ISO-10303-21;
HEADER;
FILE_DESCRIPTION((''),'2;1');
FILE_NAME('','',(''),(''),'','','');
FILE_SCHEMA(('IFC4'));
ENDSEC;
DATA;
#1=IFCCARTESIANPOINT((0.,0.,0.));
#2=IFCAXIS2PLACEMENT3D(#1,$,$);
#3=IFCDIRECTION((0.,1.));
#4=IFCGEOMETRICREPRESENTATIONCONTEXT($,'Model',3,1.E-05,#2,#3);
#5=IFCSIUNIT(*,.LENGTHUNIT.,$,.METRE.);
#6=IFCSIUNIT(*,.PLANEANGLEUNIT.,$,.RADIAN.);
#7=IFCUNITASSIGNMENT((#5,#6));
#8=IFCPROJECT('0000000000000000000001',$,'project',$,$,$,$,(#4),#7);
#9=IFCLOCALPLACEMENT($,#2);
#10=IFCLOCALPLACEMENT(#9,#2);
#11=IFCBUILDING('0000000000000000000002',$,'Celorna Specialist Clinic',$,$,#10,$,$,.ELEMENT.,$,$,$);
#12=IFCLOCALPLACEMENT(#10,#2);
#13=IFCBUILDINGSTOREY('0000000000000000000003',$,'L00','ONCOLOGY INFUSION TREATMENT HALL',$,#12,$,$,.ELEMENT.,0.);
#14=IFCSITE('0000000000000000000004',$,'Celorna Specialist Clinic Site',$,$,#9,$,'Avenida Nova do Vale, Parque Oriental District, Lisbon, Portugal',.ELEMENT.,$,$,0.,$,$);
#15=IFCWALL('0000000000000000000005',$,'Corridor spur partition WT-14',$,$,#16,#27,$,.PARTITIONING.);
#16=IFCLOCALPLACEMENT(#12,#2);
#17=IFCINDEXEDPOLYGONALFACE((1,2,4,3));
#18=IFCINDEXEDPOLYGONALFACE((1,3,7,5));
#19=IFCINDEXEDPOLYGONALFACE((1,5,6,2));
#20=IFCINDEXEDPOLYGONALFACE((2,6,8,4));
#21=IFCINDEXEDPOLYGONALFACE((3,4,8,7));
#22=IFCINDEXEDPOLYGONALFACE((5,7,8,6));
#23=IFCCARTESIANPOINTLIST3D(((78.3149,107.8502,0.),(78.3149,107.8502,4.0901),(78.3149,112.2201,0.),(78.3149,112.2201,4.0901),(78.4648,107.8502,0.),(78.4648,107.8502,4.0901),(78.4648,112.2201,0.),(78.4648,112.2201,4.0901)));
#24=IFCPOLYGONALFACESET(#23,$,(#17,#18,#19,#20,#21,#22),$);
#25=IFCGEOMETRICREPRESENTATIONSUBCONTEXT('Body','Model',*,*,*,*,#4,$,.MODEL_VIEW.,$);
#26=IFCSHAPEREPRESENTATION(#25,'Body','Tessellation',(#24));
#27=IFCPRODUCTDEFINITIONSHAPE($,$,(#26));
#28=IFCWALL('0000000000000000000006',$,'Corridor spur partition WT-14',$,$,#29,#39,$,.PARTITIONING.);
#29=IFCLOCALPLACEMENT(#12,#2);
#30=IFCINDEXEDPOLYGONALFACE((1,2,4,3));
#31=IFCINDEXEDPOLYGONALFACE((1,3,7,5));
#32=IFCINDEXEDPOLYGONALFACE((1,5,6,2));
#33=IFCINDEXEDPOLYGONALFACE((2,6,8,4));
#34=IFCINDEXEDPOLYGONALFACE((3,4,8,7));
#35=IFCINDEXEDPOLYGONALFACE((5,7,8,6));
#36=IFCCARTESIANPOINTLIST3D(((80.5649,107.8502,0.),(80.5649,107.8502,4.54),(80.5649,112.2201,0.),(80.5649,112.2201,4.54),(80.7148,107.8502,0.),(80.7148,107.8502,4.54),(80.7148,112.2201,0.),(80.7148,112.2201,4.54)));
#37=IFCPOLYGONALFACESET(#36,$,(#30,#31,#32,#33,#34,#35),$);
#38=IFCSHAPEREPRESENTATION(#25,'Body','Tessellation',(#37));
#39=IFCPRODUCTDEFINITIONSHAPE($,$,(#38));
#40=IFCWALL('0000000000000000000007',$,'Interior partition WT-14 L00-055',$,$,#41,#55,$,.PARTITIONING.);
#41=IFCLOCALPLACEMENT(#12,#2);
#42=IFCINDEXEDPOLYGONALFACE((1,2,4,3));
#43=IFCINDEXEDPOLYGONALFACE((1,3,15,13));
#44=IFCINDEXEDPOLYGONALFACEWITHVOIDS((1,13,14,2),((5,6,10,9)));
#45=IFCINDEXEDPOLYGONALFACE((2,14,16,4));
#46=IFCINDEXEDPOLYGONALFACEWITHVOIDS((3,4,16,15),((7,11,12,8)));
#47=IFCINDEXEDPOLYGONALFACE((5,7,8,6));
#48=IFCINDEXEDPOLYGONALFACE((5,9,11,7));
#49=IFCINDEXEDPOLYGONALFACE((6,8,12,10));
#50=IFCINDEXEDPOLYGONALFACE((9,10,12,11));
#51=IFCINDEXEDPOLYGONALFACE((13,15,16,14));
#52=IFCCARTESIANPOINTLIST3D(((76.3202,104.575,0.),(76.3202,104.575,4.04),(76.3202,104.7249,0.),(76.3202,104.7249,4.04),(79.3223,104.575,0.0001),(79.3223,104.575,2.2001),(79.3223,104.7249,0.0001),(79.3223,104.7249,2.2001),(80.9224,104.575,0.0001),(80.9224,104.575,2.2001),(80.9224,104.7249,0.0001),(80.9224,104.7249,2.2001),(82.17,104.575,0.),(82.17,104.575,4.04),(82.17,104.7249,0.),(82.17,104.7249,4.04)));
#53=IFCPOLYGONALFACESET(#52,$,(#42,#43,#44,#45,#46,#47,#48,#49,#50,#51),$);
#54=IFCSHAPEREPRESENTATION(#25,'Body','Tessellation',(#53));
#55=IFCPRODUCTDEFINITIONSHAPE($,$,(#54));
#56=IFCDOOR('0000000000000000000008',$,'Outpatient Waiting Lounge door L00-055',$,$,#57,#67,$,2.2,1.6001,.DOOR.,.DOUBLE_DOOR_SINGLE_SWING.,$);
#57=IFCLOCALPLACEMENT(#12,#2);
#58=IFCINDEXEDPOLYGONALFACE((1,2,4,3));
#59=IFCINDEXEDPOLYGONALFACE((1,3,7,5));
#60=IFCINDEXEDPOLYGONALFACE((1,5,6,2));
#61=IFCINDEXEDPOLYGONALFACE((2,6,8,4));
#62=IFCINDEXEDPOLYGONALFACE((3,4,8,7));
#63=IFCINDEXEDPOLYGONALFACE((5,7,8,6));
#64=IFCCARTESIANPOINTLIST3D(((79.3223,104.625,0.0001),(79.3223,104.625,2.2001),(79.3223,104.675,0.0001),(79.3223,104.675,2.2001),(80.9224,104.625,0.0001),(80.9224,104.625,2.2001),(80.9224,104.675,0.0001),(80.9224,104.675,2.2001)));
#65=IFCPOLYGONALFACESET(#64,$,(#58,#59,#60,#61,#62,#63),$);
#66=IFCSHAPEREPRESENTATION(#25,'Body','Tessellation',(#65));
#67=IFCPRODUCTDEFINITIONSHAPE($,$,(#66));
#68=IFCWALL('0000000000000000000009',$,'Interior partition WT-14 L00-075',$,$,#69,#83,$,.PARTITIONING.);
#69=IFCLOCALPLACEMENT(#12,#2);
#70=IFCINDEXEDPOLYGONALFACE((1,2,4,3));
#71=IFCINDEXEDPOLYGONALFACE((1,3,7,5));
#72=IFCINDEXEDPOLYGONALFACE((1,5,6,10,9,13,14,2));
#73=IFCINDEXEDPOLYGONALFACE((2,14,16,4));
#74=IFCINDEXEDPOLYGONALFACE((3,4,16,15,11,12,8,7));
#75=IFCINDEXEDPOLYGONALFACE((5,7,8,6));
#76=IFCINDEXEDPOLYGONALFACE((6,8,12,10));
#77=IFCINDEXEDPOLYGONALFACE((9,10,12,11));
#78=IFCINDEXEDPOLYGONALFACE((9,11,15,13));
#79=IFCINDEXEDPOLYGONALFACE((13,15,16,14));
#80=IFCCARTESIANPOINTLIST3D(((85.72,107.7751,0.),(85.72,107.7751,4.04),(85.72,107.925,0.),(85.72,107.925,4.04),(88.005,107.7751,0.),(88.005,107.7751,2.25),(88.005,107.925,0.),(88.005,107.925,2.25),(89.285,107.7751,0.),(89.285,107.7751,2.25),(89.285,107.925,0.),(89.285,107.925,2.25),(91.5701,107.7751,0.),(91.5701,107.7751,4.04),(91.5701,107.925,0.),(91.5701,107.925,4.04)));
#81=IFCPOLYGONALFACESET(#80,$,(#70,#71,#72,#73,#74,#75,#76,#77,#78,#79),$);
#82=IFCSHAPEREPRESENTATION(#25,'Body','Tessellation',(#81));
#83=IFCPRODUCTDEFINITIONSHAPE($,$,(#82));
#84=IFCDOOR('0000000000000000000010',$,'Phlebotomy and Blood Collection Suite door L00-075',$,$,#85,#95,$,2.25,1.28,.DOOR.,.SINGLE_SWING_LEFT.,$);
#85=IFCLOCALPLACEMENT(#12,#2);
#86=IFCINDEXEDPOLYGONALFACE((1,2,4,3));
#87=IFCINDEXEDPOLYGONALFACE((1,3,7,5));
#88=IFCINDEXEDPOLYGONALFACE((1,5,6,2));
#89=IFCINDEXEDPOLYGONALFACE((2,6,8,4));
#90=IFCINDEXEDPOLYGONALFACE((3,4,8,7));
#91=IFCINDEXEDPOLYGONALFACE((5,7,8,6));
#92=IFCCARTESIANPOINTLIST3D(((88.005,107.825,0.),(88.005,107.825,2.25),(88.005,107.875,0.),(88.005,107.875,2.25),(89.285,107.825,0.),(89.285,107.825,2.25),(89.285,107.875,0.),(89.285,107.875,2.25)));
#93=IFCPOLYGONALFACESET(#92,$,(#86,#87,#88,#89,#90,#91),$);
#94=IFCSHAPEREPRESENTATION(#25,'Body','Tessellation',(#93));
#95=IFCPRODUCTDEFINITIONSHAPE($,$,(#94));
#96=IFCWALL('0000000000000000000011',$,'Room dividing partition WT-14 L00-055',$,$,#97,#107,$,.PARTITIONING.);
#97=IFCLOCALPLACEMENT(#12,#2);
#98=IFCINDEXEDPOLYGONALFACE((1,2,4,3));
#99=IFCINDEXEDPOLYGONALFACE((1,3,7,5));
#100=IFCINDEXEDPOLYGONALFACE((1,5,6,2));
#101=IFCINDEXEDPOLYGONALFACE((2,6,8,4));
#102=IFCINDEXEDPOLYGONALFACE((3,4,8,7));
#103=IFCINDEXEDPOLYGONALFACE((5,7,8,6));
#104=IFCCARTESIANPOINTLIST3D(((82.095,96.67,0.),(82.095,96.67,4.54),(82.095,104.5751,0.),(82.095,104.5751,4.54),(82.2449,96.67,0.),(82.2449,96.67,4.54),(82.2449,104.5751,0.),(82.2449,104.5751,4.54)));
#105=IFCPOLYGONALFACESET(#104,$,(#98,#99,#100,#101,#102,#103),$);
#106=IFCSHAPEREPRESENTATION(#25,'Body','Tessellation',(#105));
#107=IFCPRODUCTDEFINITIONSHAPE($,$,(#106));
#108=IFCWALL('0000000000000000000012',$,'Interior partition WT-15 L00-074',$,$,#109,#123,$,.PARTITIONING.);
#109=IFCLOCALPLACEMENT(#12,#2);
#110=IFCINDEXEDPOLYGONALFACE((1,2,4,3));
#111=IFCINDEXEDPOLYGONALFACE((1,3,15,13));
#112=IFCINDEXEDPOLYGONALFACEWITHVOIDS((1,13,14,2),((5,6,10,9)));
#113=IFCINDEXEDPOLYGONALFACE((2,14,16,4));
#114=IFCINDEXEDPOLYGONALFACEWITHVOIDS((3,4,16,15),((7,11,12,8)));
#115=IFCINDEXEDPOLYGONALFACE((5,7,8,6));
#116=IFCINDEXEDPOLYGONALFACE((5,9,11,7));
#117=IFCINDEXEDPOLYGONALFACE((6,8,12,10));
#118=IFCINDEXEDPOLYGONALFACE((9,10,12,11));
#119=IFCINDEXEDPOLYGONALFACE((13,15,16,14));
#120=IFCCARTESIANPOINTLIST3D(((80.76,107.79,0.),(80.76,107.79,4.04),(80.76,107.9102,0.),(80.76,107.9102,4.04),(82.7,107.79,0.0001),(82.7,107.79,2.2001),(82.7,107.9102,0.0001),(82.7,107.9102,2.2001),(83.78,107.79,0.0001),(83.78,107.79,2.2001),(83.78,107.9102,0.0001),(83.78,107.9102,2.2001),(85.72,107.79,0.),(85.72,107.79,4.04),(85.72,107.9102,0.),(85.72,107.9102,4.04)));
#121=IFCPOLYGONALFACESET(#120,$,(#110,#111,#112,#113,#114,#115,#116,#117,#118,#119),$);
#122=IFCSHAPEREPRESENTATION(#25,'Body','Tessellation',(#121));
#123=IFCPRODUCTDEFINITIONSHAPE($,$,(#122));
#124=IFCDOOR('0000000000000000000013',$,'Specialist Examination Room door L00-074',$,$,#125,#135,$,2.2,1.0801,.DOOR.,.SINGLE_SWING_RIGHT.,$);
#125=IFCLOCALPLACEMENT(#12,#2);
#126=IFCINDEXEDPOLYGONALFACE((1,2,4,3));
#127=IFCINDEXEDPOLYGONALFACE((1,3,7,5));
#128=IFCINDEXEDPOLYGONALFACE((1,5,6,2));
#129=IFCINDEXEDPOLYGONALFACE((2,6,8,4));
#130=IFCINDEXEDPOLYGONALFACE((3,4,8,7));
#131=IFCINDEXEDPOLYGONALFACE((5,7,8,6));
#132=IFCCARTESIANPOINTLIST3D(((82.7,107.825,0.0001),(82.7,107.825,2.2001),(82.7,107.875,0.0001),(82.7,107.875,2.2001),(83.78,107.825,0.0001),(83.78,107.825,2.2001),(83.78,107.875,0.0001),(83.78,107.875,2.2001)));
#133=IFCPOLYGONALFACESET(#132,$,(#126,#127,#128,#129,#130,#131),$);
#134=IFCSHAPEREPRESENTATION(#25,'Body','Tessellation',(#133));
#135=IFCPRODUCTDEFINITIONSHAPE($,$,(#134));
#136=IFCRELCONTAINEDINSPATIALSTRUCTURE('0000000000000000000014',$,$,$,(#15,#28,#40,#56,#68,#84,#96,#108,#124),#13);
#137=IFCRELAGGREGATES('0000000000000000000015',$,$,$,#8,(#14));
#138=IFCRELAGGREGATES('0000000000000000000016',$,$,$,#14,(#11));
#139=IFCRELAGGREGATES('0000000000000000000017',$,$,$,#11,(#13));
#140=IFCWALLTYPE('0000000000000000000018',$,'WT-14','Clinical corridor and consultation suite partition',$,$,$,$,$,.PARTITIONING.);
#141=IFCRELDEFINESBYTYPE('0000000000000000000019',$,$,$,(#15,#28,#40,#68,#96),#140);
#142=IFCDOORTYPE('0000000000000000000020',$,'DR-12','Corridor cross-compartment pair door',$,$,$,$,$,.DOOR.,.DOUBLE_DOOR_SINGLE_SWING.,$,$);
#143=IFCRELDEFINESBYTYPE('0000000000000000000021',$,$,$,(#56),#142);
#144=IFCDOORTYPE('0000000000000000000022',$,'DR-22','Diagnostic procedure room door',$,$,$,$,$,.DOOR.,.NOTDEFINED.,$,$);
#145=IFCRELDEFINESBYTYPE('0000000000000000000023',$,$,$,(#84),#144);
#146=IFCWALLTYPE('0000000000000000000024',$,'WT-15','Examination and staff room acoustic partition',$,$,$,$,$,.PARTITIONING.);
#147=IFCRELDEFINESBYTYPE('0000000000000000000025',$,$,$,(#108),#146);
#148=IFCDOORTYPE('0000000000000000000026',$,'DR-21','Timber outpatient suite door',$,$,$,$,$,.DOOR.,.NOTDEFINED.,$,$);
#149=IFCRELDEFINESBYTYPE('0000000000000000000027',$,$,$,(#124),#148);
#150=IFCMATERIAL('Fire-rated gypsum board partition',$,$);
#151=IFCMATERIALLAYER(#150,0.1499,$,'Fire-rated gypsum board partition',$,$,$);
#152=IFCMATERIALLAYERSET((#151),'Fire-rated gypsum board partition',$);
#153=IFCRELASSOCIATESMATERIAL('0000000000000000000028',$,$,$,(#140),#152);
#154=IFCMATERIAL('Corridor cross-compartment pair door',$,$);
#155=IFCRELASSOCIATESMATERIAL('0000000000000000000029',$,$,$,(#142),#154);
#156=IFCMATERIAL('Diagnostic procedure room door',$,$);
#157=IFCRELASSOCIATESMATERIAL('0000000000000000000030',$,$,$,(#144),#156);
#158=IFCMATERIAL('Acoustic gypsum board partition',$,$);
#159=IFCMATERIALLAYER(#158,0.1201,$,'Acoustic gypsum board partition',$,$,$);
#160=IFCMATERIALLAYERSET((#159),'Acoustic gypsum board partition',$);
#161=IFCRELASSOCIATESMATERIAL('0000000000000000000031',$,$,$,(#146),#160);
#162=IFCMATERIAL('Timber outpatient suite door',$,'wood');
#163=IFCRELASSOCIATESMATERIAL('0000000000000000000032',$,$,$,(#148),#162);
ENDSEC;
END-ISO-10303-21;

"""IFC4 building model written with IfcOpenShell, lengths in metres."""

from ifc_helpers import new_model, si_unit, direction, frame, frame_2d, origin, place, context, subcontext, project, spatial, rectangle, extrude, material, layer, layer_set, type_object, element, fill, save


model = new_model("IFC4")

# Units and contexts
model_context = context("Model", 3, precision=1e-05, world=origin(), true_north=direction((0.0, 1.0)))
body_context = subcontext(model_context, "Body", "Model", "MODEL_VIEW")
ifc_project = project(units=[si_unit("LENGTHUNIT", "METRE"), si_unit("PLANEANGLEUNIT", "RADIAN")], contexts=[model_context])

# Site, building, storey
site_placement = place(None, origin())
site = spatial("IfcSite", under=ifc_project, at=site_placement, Name="Celorna Specialist Clinic Site", LongName="Avenida Nova do Vale, Parque Oriental District, Lisbon, Portugal", CompositionType="ELEMENT", RefElevation=0.0)
building_placement = place(site_placement, origin())
building = spatial("IfcBuilding", under=site, at=building_placement, Name="Celorna Specialist Clinic", CompositionType="ELEMENT")
storey_placement = place(building_placement, origin())
storey = spatial("IfcBuildingStorey", under=building, at=storey_placement, Name="L00", Description="ONCOLOGY INFUSION TREATMENT HALL", CompositionType="ELEMENT", Elevation=0.0)

# Walls
ifc_material_1 = material(Name="Fire-rated gypsum board partition")
ifc_layer_1 = layer(ifc_material_1, 0.1499, Name="Fire-rated gypsum board partition")
ifc_layer_set_1 = layer_set([ifc_layer_1], Name="Fire-rated gypsum board partition")
wall_type_1 = type_object("IfcWallType", Name="WT-14", Description="Clinical corridor and consultation suite partition", PredefinedType="PARTITIONING", material=ifc_layer_set_1)
wall_1_placement = place(storey_placement, frame((78.3899, 107.8501, 0.0), z_axis=(0.0, 0.0, 1.0), x_axis=(0.0, 1.0, 0.0)))
element("IfcWall", 1, at=wall_1_placement, inside=storey, type_object=wall_type_1, Name="Corridor spur partition WT-14", PredefinedType="PARTITIONING", context=body_context, shape_type="SweptSolid", body=[
    extrude(rectangle(XDim=4.3699, YDim=0.1499, at=frame_2d((2.1851, 0.0))), origin(), (0.0, 0.0, 1.0), 4.0901),
])
wall_2_placement = place(storey_placement, frame((80.6399, 107.8501, 0.0), z_axis=(0.0, 0.0, 1.0), x_axis=(0.0, 1.0, 0.0)))
element("IfcWall", 2, at=wall_2_placement, inside=storey, type_object=wall_type_1, Name="Corridor spur partition WT-14", PredefinedType="PARTITIONING", context=body_context, shape_type="SweptSolid", body=[
    extrude(rectangle(XDim=4.3699, YDim=0.1499, at=frame_2d((2.1851, 0.0))), origin(), (0.0, 0.0, 1.0), 4.54),
])

# Walls, openings, doors
wall_3_placement = place(storey_placement, frame((82.1699, 104.6499, 0.0), z_axis=(0.0, 0.0, 1.0), x_axis=(-1.0, 0.0, 0.0)))
wall_3 = element("IfcWall", 3, at=wall_3_placement, inside=storey, type_object=wall_type_1, Name="Interior partition WT-14 L00-055", PredefinedType="PARTITIONING", context=body_context, shape_type="SweptSolid", body=[
    extrude(rectangle(XDim=5.8499, YDim=0.1499, at=frame_2d((2.9248, 0.0))), origin(), (0.0, 0.0, 1.0), 4.04),
])
opening_1_placement = place(wall_3_placement, frame((1.2476, 0.0, 0.0)))
opening_1 = element("IfcOpeningElement", 4, at=opening_1_placement, cuts=wall_3, PredefinedType="OPENING", context=body_context, shape_type="SweptSolid", body=[
    extrude(rectangle(XDim=1.6001, YDim=2.2, at=frame_2d((0.8, 1.1001))), frame((0.0, 0.085, 0.0), z_axis=(0.0, -1.0, 0.0), x_axis=(1.0, 0.0, 0.0)), (0.0, 0.0, 1.0), 0.1699),
])
ifc_material_2 = material(Name="Corridor cross-compartment pair door")
door_type_1 = type_object("IfcDoorType", Name="DR-12", Description="Corridor cross-compartment pair door", OperationType="DOUBLE_DOOR_SINGLE_SWING", PredefinedType="DOOR", material=ifc_material_2)
door_1_placement = place(opening_1_placement, origin())
door_1 = element("IfcDoor", 5, at=door_1_placement, inside=storey, type_object=door_type_1, Name="Outpatient Waiting Lounge door L00-055", OperationType="DOUBLE_DOOR_SINGLE_SWING", OverallHeight=2.2, OverallWidth=1.6001, PredefinedType="DOOR", context=body_context, shape_type="SweptSolid", body=[
    extrude(rectangle(XDim=1.6001, YDim=2.2, at=frame_2d((0.8, 1.1001))), frame((0.0, 0.0249, 0.0), z_axis=(0.0, -1.0, 0.0), x_axis=(1.0, 0.0, 0.0)), (0.0, 0.0, 1.0), 0.05),
])
fill(opening_1, door_1)
wall_4_placement = place(storey_placement, frame((85.72, 107.8501, 0.0), z_axis=(0.0, 0.0, 1.0), x_axis=(1.0, 0.0, 0.0)))
wall_4 = element("IfcWall", 6, at=wall_4_placement, inside=storey, type_object=wall_type_1, Name="Interior partition WT-14 L00-075", PredefinedType="PARTITIONING", context=body_context, shape_type="SweptSolid", body=[
    extrude(rectangle(XDim=5.8501, YDim=0.1499, at=frame_2d((2.925, 0.0))), origin(), (0.0, 0.0, 1.0), 4.04),
])
opening_2_placement = place(wall_4_placement, frame((2.2849, 0.0, 0.0)))
opening_2 = element("IfcOpeningElement", 7, at=opening_2_placement, cuts=wall_4, PredefinedType="OPENING", context=body_context, shape_type="SweptSolid", body=[
    extrude(rectangle(XDim=1.28, YDim=2.25, at=frame_2d((0.6401, 1.125))), frame((0.0, 0.085, 0.0), z_axis=(0.0, -1.0, 0.0), x_axis=(1.0, 0.0, 0.0)), (0.0, 0.0, 1.0), 0.1699),
])
ifc_material_3 = material(Name="Diagnostic procedure room door")
door_type_2 = type_object("IfcDoorType", Name="DR-22", Description="Diagnostic procedure room door", OperationType="NOTDEFINED", PredefinedType="DOOR", material=ifc_material_3)
door_2_placement = place(opening_2_placement, origin())
door_2 = element("IfcDoor", 8, at=door_2_placement, inside=storey, type_object=door_type_2, Name="Phlebotomy and Blood Collection Suite door L00-075", OperationType="SINGLE_SWING_LEFT", OverallHeight=2.25, OverallWidth=1.28, PredefinedType="DOOR", context=body_context, shape_type="SweptSolid", body=[
    extrude(rectangle(XDim=1.28, YDim=2.25, at=frame_2d((0.6401, 1.125))), frame((0.0, 0.0249, 0.0), z_axis=(0.0, -1.0, 0.0), x_axis=(1.0, 0.0, 0.0)), (0.0, 0.0, 1.0), 0.05),
])
fill(opening_2, door_2)

# Wall
wall_5_placement = place(storey_placement, frame((82.1699, 96.6699, 0.0), z_axis=(0.0, 0.0, 1.0), x_axis=(0.0, 1.0, 0.0)))
element("IfcWall", 9, at=wall_5_placement, inside=storey, type_object=wall_type_1, Name="Room dividing partition WT-14 L00-055", PredefinedType="PARTITIONING", context=body_context, shape_type="SweptSolid", body=[
    extrude(rectangle(XDim=7.905, YDim=0.1499, at=frame_2d((3.9526, 0.0))), origin(), (0.0, 0.0, 1.0), 4.54),
])

# Wall, opening, door
ifc_material_4 = material(Name="Acoustic gypsum board partition")
ifc_layer_2 = layer(ifc_material_4, 0.1201, Name="Acoustic gypsum board partition")
ifc_layer_set_2 = layer_set([ifc_layer_2], Name="Acoustic gypsum board partition")
wall_type_2 = type_object("IfcWallType", Name="WT-15", Description="Examination and staff room acoustic partition", PredefinedType="PARTITIONING", material=ifc_layer_set_2)
wall_6_placement = place(storey_placement, frame((80.76, 107.8501, 0.0), z_axis=(0.0, 0.0, 1.0), x_axis=(1.0, 0.0, 0.0)))
wall_6 = element("IfcWall", 10, at=wall_6_placement, inside=storey, type_object=wall_type_2, Name="Interior partition WT-15 L00-074", PredefinedType="PARTITIONING", context=body_context, shape_type="SweptSolid", body=[
    extrude(rectangle(XDim=4.96, YDim=0.1201, at=frame_2d((2.48, 0.0))), origin(), (0.0, 0.0, 1.0), 4.04),
])
opening_3_placement = place(wall_6_placement, frame((1.9399, 0.0, 0.0)))
opening_3 = element("IfcOpeningElement", 11, at=opening_3_placement, cuts=wall_6, PredefinedType="OPENING", context=body_context, shape_type="SweptSolid", body=[
    extrude(rectangle(XDim=1.0801, YDim=2.2, at=frame_2d((0.54, 1.1001))), frame((0.0, 0.0701, 0.0), z_axis=(0.0, -1.0, 0.0), x_axis=(1.0, 0.0, 0.0)), (0.0, 0.0, 1.0), 0.1401),
])
ifc_material_5 = material(Name="Timber outpatient suite door", Category="wood")
door_type_3 = type_object("IfcDoorType", Name="DR-21", Description="Timber outpatient suite door", OperationType="NOTDEFINED", PredefinedType="DOOR", material=ifc_material_5)
door_3_placement = place(opening_3_placement, origin())
door_3 = element("IfcDoor", 12, at=door_3_placement, inside=storey, type_object=door_type_3, Name="Specialist Examination Room door L00-074", OperationType="SINGLE_SWING_RIGHT", OverallHeight=2.2, OverallWidth=1.0801, PredefinedType="DOOR", context=body_context, shape_type="SweptSolid", body=[
    extrude(rectangle(XDim=1.0801, YDim=2.2, at=frame_2d((0.54, 1.1001))), frame((0.0, 0.0249, 0.0), z_axis=(0.0, -1.0, 0.0), x_axis=(1.0, 0.0, 0.0)), (0.0, 0.0, 1.0), 0.05),
])
fill(opening_3, door_3)

save(model, "model.ifc")
